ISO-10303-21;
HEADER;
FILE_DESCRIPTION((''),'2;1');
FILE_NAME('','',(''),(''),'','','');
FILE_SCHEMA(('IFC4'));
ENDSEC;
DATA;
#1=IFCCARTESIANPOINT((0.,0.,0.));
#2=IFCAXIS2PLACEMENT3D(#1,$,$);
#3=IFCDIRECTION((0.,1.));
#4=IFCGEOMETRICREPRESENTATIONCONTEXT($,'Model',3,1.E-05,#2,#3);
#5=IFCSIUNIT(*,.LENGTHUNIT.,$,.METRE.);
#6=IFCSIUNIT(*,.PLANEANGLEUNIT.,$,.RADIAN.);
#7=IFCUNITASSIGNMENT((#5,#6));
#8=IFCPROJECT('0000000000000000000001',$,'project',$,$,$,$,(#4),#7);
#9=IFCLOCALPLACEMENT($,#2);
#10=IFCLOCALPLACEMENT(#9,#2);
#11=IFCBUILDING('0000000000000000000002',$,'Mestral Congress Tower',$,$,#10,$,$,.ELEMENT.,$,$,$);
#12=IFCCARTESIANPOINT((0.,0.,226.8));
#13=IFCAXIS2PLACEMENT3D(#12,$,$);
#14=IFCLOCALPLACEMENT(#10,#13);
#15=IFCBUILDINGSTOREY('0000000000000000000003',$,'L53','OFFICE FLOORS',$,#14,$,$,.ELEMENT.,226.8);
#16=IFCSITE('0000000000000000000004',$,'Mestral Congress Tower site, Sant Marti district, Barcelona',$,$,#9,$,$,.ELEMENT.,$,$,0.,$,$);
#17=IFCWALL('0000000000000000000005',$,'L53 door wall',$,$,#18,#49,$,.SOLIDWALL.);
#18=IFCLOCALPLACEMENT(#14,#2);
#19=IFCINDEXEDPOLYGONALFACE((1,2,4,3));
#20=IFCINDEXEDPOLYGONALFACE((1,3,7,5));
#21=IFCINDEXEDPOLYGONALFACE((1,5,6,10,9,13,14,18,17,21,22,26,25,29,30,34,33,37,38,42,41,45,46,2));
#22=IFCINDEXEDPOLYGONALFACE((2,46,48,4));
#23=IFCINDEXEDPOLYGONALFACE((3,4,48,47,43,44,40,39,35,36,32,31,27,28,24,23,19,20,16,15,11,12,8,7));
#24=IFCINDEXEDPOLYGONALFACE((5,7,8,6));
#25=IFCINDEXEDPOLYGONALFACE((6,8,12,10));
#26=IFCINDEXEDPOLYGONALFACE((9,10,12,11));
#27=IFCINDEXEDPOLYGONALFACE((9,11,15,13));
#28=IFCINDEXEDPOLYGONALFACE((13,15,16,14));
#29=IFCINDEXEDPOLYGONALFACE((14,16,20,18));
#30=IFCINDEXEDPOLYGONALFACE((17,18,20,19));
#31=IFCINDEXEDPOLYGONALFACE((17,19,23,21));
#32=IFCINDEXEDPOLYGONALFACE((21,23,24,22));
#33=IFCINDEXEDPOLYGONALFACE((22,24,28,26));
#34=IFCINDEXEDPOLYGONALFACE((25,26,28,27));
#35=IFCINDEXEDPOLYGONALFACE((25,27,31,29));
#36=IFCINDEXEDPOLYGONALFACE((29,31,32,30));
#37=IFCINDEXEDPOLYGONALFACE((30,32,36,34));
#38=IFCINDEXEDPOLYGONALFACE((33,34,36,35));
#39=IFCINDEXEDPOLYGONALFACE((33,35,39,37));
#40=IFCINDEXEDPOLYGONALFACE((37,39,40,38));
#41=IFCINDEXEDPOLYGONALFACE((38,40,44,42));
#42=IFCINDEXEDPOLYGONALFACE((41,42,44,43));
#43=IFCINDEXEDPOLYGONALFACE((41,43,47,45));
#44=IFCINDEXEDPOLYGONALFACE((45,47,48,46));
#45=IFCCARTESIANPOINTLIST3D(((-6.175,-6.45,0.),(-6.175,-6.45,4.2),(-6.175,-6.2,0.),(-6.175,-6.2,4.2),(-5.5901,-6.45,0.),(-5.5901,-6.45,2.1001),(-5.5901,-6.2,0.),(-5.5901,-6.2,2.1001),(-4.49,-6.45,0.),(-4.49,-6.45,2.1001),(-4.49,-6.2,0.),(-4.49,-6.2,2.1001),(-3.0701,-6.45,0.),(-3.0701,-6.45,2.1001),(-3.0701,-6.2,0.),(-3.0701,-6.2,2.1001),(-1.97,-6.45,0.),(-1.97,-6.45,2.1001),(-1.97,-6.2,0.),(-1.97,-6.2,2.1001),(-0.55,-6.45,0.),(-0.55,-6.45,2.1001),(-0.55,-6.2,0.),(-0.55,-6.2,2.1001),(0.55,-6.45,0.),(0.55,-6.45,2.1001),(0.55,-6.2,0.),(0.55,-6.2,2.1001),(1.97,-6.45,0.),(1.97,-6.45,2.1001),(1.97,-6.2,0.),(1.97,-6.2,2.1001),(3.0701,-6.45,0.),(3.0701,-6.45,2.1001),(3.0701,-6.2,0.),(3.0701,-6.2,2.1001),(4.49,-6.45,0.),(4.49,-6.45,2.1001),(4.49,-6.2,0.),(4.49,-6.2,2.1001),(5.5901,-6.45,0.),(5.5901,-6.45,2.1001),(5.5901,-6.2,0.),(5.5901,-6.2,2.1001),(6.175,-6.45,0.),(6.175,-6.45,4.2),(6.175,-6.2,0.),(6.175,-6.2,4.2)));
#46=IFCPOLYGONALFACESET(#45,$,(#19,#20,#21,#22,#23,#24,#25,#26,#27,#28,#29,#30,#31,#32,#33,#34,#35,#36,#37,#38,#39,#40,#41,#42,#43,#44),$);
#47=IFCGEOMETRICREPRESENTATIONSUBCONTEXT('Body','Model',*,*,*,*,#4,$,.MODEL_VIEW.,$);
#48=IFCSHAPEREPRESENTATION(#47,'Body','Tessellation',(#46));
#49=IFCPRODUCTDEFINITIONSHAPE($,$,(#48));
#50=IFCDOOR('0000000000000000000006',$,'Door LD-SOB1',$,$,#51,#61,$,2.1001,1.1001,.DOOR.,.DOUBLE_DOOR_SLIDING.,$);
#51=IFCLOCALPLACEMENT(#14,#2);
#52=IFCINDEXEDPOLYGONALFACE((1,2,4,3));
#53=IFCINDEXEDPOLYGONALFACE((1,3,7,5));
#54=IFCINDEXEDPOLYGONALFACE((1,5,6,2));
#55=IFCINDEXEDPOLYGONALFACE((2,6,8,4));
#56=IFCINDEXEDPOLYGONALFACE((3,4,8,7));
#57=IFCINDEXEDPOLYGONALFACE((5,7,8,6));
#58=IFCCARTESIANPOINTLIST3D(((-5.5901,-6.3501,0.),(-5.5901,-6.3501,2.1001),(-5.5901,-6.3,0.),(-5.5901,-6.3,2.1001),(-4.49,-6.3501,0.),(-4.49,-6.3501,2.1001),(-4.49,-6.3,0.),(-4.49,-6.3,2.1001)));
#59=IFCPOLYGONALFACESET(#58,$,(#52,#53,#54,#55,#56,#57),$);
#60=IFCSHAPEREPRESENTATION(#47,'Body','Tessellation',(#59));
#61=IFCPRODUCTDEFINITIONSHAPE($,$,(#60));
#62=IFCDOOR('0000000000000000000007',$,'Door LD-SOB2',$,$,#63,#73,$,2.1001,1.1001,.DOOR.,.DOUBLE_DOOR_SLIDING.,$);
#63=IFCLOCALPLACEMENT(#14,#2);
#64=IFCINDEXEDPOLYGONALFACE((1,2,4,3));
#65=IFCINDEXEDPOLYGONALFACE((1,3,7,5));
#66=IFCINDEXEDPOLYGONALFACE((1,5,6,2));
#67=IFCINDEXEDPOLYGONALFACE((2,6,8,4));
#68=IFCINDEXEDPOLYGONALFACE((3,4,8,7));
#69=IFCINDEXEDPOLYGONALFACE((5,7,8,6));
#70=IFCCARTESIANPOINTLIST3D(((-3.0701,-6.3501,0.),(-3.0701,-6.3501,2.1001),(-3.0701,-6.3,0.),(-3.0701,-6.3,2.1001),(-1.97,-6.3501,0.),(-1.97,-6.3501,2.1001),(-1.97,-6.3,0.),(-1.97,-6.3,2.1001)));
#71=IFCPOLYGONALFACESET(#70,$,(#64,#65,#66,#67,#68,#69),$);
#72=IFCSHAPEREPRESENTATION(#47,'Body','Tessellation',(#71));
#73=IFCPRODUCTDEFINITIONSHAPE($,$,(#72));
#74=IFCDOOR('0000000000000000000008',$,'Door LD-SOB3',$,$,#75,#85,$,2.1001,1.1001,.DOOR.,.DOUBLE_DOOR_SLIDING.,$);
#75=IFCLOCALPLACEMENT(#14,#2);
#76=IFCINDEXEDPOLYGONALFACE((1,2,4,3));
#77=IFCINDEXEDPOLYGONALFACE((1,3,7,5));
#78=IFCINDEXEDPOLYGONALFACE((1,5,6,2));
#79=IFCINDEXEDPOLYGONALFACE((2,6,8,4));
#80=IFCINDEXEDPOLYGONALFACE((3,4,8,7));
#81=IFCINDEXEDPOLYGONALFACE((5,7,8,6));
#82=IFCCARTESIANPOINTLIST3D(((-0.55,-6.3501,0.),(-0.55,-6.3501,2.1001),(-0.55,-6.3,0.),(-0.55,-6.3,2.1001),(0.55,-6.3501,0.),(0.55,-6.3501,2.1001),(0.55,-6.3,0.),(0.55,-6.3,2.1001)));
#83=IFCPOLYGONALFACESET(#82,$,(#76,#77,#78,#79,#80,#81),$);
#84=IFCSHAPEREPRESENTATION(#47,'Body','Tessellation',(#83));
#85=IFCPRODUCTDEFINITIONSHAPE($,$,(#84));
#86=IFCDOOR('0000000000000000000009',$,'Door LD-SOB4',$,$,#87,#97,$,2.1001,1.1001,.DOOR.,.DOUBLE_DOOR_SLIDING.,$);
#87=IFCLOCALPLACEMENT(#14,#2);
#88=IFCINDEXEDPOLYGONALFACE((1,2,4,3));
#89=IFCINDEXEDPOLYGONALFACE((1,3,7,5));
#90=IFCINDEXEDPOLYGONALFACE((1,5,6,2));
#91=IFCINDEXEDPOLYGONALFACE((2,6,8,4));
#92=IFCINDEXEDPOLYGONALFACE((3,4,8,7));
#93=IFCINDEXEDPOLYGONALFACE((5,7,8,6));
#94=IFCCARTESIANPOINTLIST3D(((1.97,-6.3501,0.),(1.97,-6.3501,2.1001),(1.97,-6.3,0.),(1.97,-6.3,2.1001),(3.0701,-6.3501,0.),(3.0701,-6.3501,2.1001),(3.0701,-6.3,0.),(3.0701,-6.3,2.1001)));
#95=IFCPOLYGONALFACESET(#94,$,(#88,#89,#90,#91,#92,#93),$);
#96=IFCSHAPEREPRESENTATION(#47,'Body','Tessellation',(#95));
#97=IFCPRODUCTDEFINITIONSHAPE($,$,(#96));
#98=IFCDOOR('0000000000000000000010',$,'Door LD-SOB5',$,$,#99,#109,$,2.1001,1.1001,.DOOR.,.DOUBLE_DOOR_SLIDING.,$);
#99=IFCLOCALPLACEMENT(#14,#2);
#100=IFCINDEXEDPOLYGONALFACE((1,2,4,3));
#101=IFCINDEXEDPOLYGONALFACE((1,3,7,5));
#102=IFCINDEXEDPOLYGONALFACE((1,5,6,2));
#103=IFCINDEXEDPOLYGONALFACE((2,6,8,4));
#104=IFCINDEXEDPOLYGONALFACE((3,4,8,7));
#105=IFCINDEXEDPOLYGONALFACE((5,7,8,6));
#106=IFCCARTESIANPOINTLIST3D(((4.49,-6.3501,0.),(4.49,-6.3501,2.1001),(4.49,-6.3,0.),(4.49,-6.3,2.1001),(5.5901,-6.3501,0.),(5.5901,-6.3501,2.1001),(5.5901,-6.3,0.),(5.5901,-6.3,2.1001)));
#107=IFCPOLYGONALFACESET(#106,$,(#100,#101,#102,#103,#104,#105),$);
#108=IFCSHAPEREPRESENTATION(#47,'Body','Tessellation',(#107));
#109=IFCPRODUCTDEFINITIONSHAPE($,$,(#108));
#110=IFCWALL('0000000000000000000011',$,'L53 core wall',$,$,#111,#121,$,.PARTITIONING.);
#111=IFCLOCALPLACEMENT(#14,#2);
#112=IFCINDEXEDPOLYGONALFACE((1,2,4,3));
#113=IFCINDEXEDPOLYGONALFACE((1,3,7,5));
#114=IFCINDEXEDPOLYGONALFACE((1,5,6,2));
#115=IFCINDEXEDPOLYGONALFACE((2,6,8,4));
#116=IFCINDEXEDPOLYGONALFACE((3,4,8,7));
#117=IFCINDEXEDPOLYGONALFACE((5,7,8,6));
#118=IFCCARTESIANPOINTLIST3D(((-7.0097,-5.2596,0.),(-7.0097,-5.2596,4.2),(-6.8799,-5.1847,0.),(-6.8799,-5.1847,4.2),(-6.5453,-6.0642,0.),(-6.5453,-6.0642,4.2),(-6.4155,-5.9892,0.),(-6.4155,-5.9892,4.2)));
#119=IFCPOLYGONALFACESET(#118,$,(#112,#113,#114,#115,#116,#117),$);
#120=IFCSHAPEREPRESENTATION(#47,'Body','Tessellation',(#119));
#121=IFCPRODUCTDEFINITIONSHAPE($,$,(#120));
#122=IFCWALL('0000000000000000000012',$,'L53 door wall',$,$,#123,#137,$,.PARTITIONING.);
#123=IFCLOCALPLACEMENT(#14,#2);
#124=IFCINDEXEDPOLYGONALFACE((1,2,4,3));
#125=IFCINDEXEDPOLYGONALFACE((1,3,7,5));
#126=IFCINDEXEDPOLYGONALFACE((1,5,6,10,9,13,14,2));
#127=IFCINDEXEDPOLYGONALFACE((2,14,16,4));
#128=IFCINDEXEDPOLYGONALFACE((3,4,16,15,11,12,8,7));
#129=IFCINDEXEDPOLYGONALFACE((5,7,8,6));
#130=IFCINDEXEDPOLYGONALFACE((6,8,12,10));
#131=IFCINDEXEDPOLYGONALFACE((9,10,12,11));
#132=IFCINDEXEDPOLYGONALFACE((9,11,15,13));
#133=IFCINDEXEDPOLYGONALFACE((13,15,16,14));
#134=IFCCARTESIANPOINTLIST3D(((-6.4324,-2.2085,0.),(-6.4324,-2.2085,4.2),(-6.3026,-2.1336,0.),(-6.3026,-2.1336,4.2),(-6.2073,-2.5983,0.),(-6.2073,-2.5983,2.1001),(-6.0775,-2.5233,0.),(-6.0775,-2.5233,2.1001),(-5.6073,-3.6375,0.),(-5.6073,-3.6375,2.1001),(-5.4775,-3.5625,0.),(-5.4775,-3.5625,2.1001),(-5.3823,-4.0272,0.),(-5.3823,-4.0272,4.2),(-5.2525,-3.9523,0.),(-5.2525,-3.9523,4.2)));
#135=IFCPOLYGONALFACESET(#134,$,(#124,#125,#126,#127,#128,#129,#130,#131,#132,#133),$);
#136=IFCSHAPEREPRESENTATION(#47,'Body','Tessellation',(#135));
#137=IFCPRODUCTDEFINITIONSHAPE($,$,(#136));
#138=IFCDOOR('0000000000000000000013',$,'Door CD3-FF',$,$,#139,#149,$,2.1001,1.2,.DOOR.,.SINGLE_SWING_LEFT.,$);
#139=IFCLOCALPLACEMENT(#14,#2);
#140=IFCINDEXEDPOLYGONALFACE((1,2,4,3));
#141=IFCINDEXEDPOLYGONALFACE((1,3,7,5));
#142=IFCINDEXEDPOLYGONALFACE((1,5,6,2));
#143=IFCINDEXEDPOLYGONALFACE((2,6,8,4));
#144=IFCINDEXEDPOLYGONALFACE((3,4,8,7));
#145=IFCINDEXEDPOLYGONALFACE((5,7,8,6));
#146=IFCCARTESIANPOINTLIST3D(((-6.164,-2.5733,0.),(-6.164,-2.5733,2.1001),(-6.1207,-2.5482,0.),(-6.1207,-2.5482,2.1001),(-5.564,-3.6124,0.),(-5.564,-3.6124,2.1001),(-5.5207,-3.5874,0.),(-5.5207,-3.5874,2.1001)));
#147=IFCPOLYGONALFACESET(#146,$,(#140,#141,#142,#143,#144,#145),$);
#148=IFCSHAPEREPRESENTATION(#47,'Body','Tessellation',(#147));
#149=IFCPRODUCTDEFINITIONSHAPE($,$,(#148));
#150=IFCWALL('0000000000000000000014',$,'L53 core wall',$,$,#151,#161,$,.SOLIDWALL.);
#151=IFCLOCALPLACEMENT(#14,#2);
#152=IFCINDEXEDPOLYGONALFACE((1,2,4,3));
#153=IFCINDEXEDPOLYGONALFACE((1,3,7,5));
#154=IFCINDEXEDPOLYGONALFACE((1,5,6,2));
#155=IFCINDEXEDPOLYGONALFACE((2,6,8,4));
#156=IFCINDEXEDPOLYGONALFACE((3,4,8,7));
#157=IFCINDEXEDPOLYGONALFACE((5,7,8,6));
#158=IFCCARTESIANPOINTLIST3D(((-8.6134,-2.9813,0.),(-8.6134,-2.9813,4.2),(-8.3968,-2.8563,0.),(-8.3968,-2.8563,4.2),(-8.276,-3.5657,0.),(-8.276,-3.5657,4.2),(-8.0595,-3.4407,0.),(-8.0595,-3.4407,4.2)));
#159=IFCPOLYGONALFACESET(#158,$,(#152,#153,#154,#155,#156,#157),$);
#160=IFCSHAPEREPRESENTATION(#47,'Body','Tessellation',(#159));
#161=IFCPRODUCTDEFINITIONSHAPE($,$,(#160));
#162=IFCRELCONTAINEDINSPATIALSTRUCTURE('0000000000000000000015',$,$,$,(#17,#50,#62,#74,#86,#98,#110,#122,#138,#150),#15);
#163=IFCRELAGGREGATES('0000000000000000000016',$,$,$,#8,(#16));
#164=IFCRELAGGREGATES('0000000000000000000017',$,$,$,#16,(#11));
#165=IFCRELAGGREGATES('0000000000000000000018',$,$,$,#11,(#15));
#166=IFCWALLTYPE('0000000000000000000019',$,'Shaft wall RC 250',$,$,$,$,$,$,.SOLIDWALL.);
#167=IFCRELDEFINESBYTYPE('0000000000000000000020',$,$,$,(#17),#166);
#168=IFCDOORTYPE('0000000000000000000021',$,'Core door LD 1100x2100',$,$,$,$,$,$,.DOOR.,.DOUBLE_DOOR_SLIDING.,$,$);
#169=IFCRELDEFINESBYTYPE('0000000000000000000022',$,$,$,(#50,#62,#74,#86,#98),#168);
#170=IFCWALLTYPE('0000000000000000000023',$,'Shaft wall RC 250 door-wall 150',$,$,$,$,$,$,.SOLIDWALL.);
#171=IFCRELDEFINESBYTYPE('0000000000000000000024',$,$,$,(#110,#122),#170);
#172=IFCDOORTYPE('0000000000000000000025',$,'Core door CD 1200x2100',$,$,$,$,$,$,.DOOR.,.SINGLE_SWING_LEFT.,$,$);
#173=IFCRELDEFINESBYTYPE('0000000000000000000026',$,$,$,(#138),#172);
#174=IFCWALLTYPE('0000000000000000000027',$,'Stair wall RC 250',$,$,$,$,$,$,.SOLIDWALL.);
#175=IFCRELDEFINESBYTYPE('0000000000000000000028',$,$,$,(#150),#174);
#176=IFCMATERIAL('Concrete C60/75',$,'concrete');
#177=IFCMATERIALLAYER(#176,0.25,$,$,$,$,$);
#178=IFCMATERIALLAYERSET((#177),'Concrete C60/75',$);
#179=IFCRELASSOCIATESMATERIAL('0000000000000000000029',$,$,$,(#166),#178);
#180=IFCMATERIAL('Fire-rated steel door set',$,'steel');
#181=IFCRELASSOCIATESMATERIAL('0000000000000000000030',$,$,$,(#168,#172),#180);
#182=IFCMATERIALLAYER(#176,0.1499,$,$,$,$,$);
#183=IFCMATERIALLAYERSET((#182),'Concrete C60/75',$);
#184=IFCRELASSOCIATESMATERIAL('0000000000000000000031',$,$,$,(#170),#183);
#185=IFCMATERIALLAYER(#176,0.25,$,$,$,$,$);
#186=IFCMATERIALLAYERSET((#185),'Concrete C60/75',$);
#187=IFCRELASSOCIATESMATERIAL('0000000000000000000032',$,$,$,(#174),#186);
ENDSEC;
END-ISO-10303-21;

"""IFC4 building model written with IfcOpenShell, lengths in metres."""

from ifc_helpers import new_model, si_unit, direction, frame, frame_2d, origin, place, context, subcontext, project, spatial, rectangle, extrude, material, layer, layer_set, type_object, element, fill, save


model = new_model("IFC4")

# Units and contexts
model_context = context("Model", 3, precision=1e-05, world=origin(), true_north=direction((0.0, 1.0)))
body_context = subcontext(model_context, "Body", "Model", "MODEL_VIEW")
ifc_project = project(units=[si_unit("LENGTHUNIT", "METRE"), si_unit("PLANEANGLEUNIT", "RADIAN")], contexts=[model_context])

# Site, building, storey
site_placement = place(None, origin())
site = spatial("IfcSite", under=ifc_project, at=site_placement, Name="Mestral Congress Tower site, Sant Marti district, Barcelona", CompositionType="ELEMENT", RefElevation=0.0)
building_placement = place(site_placement, origin())
building = spatial("IfcBuilding", under=site, at=building_placement, Name="Mestral Congress Tower", CompositionType="ELEMENT")
storey_placement = place(building_placement, frame((0.0, 0.0, 226.8)))
storey = spatial("IfcBuildingStorey", under=building, at=storey_placement, Name="L53", Description="OFFICE FLOORS", CompositionType="ELEMENT", Elevation=226.8)

# Shared definitions
ifc_material_1 = material(Name="Concrete C60/75", Category="concrete")
ifc_layer_1 = layer(ifc_material_1, 0.25)
ifc_layer_set_1 = layer_set([ifc_layer_1], Name="Concrete C60/75")
wall_type_1 = type_object("IfcWallType", Name="Shaft wall RC 250", PredefinedType="SOLIDWALL", material=ifc_layer_set_1)

# Wall, openings, doors
wall_1_placement = place(storey_placement, frame((-6.175, -6.325, 0.0), z_axis=(0.0, 0.0, 1.0), x_axis=(1.0, 0.0, 0.0)))
wall_1 = element("IfcWall", 1, at=wall_1_placement, inside=storey, type_object=wall_type_1, Name="L53 door wall", PredefinedType="SOLIDWALL", context=body_context, shape_type="SweptSolid", body=[
    extrude(rectangle(XDim=12.3501, YDim=0.25, at=frame_2d((6.175, 0.0))), origin(), (0.0, 0.0, 1.0), 4.2),
])
opening_1_placement = place(wall_1_placement, frame((0.585, 0.0, 0.0)))
opening_1 = element("IfcOpeningElement", 2, at=opening_1_placement, cuts=wall_1, PredefinedType="OPENING", context=body_context, shape_type="SweptSolid", body=[
    extrude(rectangle(XDim=1.1001, YDim=2.1001, at=frame_2d((0.55, 1.05))), frame((0.0, 0.135, 0.0), z_axis=(0.0, -1.0, 0.0), x_axis=(1.0, 0.0, 0.0)), (0.0, 0.0, 1.0), 0.27),
])
opening_2_placement = place(wall_1_placement, frame((3.105, 0.0, 0.0)))
opening_2 = element("IfcOpeningElement", 3, at=opening_2_placement, cuts=wall_1, PredefinedType="OPENING", context=body_context, shape_type="SweptSolid", body=[
    extrude(rectangle(XDim=1.1001, YDim=2.1001, at=frame_2d((0.55, 1.05))), frame((0.0, 0.135, 0.0), z_axis=(0.0, -1.0, 0.0), x_axis=(1.0, 0.0, 0.0)), (0.0, 0.0, 1.0), 0.27),
])
opening_3_placement = place(wall_1_placement, frame((5.625, 0.0, 0.0)))
opening_3 = element("IfcOpeningElement", 4, at=opening_3_placement, cuts=wall_1, PredefinedType="OPENING", context=body_context, shape_type="SweptSolid", body=[
    extrude(rectangle(XDim=1.1001, YDim=2.1001, at=frame_2d((0.55, 1.05))), frame((0.0, 0.135, 0.0), z_axis=(0.0, -1.0, 0.0), x_axis=(1.0, 0.0, 0.0)), (0.0, 0.0, 1.0), 0.27),
])
opening_4_placement = place(wall_1_placement, frame((8.145, 0.0, 0.0)))
opening_4 = element("IfcOpeningElement", 5, at=opening_4_placement, cuts=wall_1, PredefinedType="OPENING", context=body_context, shape_type="SweptSolid", body=[
    extrude(rectangle(XDim=1.1001, YDim=2.1001, at=frame_2d((0.55, 1.05))), frame((0.0, 0.135, 0.0), z_axis=(0.0, -1.0, 0.0), x_axis=(1.0, 0.0, 0.0)), (0.0, 0.0, 1.0), 0.27),
])
opening_5_placement = place(wall_1_placement, frame((10.665, 0.0, 0.0)))
opening_5 = element("IfcOpeningElement", 6, at=opening_5_placement, cuts=wall_1, PredefinedType="OPENING", context=body_context, shape_type="SweptSolid", body=[
    extrude(rectangle(XDim=1.1001, YDim=2.1001, at=frame_2d((0.55, 1.05))), frame((0.0, 0.135, 0.0), z_axis=(0.0, -1.0, 0.0), x_axis=(1.0, 0.0, 0.0)), (0.0, 0.0, 1.0), 0.27),
])
ifc_material_2 = material(Name="Fire-rated steel door set", Category="steel")
door_type_1 = type_object("IfcDoorType", Name="Core door LD 1100x2100", OperationType="DOUBLE_DOOR_SLIDING", PredefinedType="DOOR", material=ifc_material_2)
door_1_placement = place(opening_1_placement, origin())
door_1 = element("IfcDoor", 7, at=door_1_placement, inside=storey, type_object=door_type_1, Name="Door LD-SOB1", OperationType="DOUBLE_DOOR_SLIDING", OverallHeight=2.1001, OverallWidth=1.1001, PredefinedType="DOOR", context=body_context, shape_type="SweptSolid", body=[
    extrude(rectangle(XDim=1.1001, YDim=2.1001, at=frame_2d((0.55, 1.05))), frame((0.0, 0.0249, 0.0), z_axis=(0.0, -1.0, 0.0), x_axis=(1.0, 0.0, 0.0)), (0.0, 0.0, 1.0), 0.05),
])
fill(opening_1, door_1)
door_2_placement = place(opening_2_placement, origin())
door_2 = element("IfcDoor", 8, at=door_2_placement, inside=storey, type_object=door_type_1, Name="Door LD-SOB2", OperationType="DOUBLE_DOOR_SLIDING", OverallHeight=2.1001, OverallWidth=1.1001, PredefinedType="DOOR", context=body_context, shape_type="SweptSolid", body=[
    extrude(rectangle(XDim=1.1001, YDim=2.1001, at=frame_2d((0.55, 1.05))), frame((0.0, 0.0249, 0.0), z_axis=(0.0, -1.0, 0.0), x_axis=(1.0, 0.0, 0.0)), (0.0, 0.0, 1.0), 0.05),
])
fill(opening_2, door_2)
door_3_placement = place(opening_3_placement, origin())
door_3 = element("IfcDoor", 9, at=door_3_placement, inside=storey, type_object=door_type_1, Name="Door LD-SOB3", OperationType="DOUBLE_DOOR_SLIDING", OverallHeight=2.1001, OverallWidth=1.1001, PredefinedType="DOOR", context=body_context, shape_type="SweptSolid", body=[
    extrude(rectangle(XDim=1.1001, YDim=2.1001, at=frame_2d((0.55, 1.05))), frame((0.0, 0.0249, 0.0), z_axis=(0.0, -1.0, 0.0), x_axis=(1.0, 0.0, 0.0)), (0.0, 0.0, 1.0), 0.05),
])
fill(opening_3, door_3)
door_4_placement = place(opening_4_placement, origin())
door_4 = element("IfcDoor", 10, at=door_4_placement, inside=storey, type_object=door_type_1, Name="Door LD-SOB4", OperationType="DOUBLE_DOOR_SLIDING", OverallHeight=2.1001, OverallWidth=1.1001, PredefinedType="DOOR", context=body_context, shape_type="SweptSolid", body=[
    extrude(rectangle(XDim=1.1001, YDim=2.1001, at=frame_2d((0.55, 1.05))), frame((0.0, 0.0249, 0.0), z_axis=(0.0, -1.0, 0.0), x_axis=(1.0, 0.0, 0.0)), (0.0, 0.0, 1.0), 0.05),
])
fill(opening_4, door_4)
door_5_placement = place(opening_5_placement, origin())
door_5 = element("IfcDoor", 11, at=door_5_placement, inside=storey, type_object=door_type_1, Name="Door LD-SOB5", OperationType="DOUBLE_DOOR_SLIDING", OverallHeight=2.1001, OverallWidth=1.1001, PredefinedType="DOOR", context=body_context, shape_type="SweptSolid", body=[
    extrude(rectangle(XDim=1.1001, YDim=2.1001, at=frame_2d((0.55, 1.05))), frame((0.0, 0.0249, 0.0), z_axis=(0.0, -1.0, 0.0), x_axis=(1.0, 0.0, 0.0)), (0.0, 0.0, 1.0), 0.05),
])
fill(opening_5, door_5)

# Wall
ifc_layer_2 = layer(ifc_material_1, 0.1499)
ifc_layer_set_2 = layer_set([ifc_layer_2], Name="Concrete C60/75")
wall_type_2 = type_object("IfcWallType", Name="Shaft wall RC 250 door-wall 150", PredefinedType="SOLIDWALL", material=ifc_layer_set_2)
wall_2_placement = place(storey_placement, frame((-6.4805, -6.0266, 0.0), z_axis=(0.0, 0.0, 1.0), x_axis=(-0.499927, 0.866067, 0.0)))
element("IfcWall", 12, at=wall_2_placement, inside=storey, type_object=wall_type_2, Name="L53 core wall", PredefinedType="PARTITIONING", context=body_context, shape_type="SweptSolid", body=[
    extrude(rectangle(XDim=0.929, YDim=0.1499, at=frame_2d((0.4644, 0.0))), origin(), (0.0, 0.0, 1.0), 4.2),
])

# Wall, opening, door
wall_3_placement = place(storey_placement, frame((-5.3174, -3.9897, 0.0), z_axis=(0.0, 0.0, 1.0), x_axis=(-0.500028, 0.866009, 0.0)))
wall_3 = element("IfcWall", 13, at=wall_3_placement, inside=storey, type_object=wall_type_2, Name="L53 door wall", PredefinedType="PARTITIONING", context=body_context, shape_type="SweptSolid", body=[
    extrude(rectangle(XDim=2.1001, YDim=0.1499, at=frame_2d((1.05, 0.0))), origin(), (0.0, 0.0, 1.0), 4.2),
])
opening_6_placement = place(wall_3_placement, frame((0.45, 0.0, 0.0)))
opening_6 = element("IfcOpeningElement", 14, at=opening_6_placement, cuts=wall_3, PredefinedType="OPENING", context=body_context, shape_type="SweptSolid", body=[
    extrude(rectangle(XDim=1.2, YDim=2.1001, at=frame_2d((0.6001, 1.05))), frame((0.0, 0.085, 0.0), z_axis=(0.0, -1.0, 0.0), x_axis=(1.0, 0.0, 0.0)), (0.0, 0.0, 1.0), 0.1699),
])
door_type_2 = type_object("IfcDoorType", Name="Core door CD 1200x2100", OperationType="SINGLE_SWING_LEFT", PredefinedType="DOOR", material=ifc_material_2)
door_6_placement = place(opening_6_placement, origin())
door_6 = element("IfcDoor", 15, at=door_6_placement, inside=storey, type_object=door_type_2, Name="Door CD3-FF", OperationType="SINGLE_SWING_LEFT", OverallHeight=2.1001, OverallWidth=1.2, PredefinedType="DOOR", context=body_context, shape_type="SweptSolid", body=[
    extrude(rectangle(XDim=1.2, YDim=2.1001, at=frame_2d((0.6001, 1.05))), frame((0.0, 0.0249, 0.0), z_axis=(0.0, -1.0, 0.0), x_axis=(1.0, 0.0, 0.0)), (0.0, 0.0, 1.0), 0.05),
])
fill(opening_6, door_6)

# Wall
ifc_layer_3 = layer(ifc_material_1, 0.25)
ifc_layer_set_3 = layer_set([ifc_layer_3], Name="Concrete C60/75")
wall_type_3 = type_object("IfcWallType", Name="Stair wall RC 250", PredefinedType="SOLIDWALL", material=ifc_layer_set_3)
wall_4_placement = place(storey_placement, frame((-8.1677, -3.5032, 0.0), z_axis=(0.0, 0.0, 1.0), x_axis=(-0.499952, 0.866053, 0.0)))
element("IfcWall", 16, at=wall_4_placement, inside=storey, type_object=wall_type_3, Name="L53 core wall", PredefinedType="SOLIDWALL", context=body_context, shape_type="SweptSolid", body=[
    extrude(rectangle(XDim=0.6748, YDim=0.25, at=frame_2d((0.3374, 0.0))), origin(), (0.0, 0.0, 1.0), 4.2),
])

save(model, "model.ifc")
